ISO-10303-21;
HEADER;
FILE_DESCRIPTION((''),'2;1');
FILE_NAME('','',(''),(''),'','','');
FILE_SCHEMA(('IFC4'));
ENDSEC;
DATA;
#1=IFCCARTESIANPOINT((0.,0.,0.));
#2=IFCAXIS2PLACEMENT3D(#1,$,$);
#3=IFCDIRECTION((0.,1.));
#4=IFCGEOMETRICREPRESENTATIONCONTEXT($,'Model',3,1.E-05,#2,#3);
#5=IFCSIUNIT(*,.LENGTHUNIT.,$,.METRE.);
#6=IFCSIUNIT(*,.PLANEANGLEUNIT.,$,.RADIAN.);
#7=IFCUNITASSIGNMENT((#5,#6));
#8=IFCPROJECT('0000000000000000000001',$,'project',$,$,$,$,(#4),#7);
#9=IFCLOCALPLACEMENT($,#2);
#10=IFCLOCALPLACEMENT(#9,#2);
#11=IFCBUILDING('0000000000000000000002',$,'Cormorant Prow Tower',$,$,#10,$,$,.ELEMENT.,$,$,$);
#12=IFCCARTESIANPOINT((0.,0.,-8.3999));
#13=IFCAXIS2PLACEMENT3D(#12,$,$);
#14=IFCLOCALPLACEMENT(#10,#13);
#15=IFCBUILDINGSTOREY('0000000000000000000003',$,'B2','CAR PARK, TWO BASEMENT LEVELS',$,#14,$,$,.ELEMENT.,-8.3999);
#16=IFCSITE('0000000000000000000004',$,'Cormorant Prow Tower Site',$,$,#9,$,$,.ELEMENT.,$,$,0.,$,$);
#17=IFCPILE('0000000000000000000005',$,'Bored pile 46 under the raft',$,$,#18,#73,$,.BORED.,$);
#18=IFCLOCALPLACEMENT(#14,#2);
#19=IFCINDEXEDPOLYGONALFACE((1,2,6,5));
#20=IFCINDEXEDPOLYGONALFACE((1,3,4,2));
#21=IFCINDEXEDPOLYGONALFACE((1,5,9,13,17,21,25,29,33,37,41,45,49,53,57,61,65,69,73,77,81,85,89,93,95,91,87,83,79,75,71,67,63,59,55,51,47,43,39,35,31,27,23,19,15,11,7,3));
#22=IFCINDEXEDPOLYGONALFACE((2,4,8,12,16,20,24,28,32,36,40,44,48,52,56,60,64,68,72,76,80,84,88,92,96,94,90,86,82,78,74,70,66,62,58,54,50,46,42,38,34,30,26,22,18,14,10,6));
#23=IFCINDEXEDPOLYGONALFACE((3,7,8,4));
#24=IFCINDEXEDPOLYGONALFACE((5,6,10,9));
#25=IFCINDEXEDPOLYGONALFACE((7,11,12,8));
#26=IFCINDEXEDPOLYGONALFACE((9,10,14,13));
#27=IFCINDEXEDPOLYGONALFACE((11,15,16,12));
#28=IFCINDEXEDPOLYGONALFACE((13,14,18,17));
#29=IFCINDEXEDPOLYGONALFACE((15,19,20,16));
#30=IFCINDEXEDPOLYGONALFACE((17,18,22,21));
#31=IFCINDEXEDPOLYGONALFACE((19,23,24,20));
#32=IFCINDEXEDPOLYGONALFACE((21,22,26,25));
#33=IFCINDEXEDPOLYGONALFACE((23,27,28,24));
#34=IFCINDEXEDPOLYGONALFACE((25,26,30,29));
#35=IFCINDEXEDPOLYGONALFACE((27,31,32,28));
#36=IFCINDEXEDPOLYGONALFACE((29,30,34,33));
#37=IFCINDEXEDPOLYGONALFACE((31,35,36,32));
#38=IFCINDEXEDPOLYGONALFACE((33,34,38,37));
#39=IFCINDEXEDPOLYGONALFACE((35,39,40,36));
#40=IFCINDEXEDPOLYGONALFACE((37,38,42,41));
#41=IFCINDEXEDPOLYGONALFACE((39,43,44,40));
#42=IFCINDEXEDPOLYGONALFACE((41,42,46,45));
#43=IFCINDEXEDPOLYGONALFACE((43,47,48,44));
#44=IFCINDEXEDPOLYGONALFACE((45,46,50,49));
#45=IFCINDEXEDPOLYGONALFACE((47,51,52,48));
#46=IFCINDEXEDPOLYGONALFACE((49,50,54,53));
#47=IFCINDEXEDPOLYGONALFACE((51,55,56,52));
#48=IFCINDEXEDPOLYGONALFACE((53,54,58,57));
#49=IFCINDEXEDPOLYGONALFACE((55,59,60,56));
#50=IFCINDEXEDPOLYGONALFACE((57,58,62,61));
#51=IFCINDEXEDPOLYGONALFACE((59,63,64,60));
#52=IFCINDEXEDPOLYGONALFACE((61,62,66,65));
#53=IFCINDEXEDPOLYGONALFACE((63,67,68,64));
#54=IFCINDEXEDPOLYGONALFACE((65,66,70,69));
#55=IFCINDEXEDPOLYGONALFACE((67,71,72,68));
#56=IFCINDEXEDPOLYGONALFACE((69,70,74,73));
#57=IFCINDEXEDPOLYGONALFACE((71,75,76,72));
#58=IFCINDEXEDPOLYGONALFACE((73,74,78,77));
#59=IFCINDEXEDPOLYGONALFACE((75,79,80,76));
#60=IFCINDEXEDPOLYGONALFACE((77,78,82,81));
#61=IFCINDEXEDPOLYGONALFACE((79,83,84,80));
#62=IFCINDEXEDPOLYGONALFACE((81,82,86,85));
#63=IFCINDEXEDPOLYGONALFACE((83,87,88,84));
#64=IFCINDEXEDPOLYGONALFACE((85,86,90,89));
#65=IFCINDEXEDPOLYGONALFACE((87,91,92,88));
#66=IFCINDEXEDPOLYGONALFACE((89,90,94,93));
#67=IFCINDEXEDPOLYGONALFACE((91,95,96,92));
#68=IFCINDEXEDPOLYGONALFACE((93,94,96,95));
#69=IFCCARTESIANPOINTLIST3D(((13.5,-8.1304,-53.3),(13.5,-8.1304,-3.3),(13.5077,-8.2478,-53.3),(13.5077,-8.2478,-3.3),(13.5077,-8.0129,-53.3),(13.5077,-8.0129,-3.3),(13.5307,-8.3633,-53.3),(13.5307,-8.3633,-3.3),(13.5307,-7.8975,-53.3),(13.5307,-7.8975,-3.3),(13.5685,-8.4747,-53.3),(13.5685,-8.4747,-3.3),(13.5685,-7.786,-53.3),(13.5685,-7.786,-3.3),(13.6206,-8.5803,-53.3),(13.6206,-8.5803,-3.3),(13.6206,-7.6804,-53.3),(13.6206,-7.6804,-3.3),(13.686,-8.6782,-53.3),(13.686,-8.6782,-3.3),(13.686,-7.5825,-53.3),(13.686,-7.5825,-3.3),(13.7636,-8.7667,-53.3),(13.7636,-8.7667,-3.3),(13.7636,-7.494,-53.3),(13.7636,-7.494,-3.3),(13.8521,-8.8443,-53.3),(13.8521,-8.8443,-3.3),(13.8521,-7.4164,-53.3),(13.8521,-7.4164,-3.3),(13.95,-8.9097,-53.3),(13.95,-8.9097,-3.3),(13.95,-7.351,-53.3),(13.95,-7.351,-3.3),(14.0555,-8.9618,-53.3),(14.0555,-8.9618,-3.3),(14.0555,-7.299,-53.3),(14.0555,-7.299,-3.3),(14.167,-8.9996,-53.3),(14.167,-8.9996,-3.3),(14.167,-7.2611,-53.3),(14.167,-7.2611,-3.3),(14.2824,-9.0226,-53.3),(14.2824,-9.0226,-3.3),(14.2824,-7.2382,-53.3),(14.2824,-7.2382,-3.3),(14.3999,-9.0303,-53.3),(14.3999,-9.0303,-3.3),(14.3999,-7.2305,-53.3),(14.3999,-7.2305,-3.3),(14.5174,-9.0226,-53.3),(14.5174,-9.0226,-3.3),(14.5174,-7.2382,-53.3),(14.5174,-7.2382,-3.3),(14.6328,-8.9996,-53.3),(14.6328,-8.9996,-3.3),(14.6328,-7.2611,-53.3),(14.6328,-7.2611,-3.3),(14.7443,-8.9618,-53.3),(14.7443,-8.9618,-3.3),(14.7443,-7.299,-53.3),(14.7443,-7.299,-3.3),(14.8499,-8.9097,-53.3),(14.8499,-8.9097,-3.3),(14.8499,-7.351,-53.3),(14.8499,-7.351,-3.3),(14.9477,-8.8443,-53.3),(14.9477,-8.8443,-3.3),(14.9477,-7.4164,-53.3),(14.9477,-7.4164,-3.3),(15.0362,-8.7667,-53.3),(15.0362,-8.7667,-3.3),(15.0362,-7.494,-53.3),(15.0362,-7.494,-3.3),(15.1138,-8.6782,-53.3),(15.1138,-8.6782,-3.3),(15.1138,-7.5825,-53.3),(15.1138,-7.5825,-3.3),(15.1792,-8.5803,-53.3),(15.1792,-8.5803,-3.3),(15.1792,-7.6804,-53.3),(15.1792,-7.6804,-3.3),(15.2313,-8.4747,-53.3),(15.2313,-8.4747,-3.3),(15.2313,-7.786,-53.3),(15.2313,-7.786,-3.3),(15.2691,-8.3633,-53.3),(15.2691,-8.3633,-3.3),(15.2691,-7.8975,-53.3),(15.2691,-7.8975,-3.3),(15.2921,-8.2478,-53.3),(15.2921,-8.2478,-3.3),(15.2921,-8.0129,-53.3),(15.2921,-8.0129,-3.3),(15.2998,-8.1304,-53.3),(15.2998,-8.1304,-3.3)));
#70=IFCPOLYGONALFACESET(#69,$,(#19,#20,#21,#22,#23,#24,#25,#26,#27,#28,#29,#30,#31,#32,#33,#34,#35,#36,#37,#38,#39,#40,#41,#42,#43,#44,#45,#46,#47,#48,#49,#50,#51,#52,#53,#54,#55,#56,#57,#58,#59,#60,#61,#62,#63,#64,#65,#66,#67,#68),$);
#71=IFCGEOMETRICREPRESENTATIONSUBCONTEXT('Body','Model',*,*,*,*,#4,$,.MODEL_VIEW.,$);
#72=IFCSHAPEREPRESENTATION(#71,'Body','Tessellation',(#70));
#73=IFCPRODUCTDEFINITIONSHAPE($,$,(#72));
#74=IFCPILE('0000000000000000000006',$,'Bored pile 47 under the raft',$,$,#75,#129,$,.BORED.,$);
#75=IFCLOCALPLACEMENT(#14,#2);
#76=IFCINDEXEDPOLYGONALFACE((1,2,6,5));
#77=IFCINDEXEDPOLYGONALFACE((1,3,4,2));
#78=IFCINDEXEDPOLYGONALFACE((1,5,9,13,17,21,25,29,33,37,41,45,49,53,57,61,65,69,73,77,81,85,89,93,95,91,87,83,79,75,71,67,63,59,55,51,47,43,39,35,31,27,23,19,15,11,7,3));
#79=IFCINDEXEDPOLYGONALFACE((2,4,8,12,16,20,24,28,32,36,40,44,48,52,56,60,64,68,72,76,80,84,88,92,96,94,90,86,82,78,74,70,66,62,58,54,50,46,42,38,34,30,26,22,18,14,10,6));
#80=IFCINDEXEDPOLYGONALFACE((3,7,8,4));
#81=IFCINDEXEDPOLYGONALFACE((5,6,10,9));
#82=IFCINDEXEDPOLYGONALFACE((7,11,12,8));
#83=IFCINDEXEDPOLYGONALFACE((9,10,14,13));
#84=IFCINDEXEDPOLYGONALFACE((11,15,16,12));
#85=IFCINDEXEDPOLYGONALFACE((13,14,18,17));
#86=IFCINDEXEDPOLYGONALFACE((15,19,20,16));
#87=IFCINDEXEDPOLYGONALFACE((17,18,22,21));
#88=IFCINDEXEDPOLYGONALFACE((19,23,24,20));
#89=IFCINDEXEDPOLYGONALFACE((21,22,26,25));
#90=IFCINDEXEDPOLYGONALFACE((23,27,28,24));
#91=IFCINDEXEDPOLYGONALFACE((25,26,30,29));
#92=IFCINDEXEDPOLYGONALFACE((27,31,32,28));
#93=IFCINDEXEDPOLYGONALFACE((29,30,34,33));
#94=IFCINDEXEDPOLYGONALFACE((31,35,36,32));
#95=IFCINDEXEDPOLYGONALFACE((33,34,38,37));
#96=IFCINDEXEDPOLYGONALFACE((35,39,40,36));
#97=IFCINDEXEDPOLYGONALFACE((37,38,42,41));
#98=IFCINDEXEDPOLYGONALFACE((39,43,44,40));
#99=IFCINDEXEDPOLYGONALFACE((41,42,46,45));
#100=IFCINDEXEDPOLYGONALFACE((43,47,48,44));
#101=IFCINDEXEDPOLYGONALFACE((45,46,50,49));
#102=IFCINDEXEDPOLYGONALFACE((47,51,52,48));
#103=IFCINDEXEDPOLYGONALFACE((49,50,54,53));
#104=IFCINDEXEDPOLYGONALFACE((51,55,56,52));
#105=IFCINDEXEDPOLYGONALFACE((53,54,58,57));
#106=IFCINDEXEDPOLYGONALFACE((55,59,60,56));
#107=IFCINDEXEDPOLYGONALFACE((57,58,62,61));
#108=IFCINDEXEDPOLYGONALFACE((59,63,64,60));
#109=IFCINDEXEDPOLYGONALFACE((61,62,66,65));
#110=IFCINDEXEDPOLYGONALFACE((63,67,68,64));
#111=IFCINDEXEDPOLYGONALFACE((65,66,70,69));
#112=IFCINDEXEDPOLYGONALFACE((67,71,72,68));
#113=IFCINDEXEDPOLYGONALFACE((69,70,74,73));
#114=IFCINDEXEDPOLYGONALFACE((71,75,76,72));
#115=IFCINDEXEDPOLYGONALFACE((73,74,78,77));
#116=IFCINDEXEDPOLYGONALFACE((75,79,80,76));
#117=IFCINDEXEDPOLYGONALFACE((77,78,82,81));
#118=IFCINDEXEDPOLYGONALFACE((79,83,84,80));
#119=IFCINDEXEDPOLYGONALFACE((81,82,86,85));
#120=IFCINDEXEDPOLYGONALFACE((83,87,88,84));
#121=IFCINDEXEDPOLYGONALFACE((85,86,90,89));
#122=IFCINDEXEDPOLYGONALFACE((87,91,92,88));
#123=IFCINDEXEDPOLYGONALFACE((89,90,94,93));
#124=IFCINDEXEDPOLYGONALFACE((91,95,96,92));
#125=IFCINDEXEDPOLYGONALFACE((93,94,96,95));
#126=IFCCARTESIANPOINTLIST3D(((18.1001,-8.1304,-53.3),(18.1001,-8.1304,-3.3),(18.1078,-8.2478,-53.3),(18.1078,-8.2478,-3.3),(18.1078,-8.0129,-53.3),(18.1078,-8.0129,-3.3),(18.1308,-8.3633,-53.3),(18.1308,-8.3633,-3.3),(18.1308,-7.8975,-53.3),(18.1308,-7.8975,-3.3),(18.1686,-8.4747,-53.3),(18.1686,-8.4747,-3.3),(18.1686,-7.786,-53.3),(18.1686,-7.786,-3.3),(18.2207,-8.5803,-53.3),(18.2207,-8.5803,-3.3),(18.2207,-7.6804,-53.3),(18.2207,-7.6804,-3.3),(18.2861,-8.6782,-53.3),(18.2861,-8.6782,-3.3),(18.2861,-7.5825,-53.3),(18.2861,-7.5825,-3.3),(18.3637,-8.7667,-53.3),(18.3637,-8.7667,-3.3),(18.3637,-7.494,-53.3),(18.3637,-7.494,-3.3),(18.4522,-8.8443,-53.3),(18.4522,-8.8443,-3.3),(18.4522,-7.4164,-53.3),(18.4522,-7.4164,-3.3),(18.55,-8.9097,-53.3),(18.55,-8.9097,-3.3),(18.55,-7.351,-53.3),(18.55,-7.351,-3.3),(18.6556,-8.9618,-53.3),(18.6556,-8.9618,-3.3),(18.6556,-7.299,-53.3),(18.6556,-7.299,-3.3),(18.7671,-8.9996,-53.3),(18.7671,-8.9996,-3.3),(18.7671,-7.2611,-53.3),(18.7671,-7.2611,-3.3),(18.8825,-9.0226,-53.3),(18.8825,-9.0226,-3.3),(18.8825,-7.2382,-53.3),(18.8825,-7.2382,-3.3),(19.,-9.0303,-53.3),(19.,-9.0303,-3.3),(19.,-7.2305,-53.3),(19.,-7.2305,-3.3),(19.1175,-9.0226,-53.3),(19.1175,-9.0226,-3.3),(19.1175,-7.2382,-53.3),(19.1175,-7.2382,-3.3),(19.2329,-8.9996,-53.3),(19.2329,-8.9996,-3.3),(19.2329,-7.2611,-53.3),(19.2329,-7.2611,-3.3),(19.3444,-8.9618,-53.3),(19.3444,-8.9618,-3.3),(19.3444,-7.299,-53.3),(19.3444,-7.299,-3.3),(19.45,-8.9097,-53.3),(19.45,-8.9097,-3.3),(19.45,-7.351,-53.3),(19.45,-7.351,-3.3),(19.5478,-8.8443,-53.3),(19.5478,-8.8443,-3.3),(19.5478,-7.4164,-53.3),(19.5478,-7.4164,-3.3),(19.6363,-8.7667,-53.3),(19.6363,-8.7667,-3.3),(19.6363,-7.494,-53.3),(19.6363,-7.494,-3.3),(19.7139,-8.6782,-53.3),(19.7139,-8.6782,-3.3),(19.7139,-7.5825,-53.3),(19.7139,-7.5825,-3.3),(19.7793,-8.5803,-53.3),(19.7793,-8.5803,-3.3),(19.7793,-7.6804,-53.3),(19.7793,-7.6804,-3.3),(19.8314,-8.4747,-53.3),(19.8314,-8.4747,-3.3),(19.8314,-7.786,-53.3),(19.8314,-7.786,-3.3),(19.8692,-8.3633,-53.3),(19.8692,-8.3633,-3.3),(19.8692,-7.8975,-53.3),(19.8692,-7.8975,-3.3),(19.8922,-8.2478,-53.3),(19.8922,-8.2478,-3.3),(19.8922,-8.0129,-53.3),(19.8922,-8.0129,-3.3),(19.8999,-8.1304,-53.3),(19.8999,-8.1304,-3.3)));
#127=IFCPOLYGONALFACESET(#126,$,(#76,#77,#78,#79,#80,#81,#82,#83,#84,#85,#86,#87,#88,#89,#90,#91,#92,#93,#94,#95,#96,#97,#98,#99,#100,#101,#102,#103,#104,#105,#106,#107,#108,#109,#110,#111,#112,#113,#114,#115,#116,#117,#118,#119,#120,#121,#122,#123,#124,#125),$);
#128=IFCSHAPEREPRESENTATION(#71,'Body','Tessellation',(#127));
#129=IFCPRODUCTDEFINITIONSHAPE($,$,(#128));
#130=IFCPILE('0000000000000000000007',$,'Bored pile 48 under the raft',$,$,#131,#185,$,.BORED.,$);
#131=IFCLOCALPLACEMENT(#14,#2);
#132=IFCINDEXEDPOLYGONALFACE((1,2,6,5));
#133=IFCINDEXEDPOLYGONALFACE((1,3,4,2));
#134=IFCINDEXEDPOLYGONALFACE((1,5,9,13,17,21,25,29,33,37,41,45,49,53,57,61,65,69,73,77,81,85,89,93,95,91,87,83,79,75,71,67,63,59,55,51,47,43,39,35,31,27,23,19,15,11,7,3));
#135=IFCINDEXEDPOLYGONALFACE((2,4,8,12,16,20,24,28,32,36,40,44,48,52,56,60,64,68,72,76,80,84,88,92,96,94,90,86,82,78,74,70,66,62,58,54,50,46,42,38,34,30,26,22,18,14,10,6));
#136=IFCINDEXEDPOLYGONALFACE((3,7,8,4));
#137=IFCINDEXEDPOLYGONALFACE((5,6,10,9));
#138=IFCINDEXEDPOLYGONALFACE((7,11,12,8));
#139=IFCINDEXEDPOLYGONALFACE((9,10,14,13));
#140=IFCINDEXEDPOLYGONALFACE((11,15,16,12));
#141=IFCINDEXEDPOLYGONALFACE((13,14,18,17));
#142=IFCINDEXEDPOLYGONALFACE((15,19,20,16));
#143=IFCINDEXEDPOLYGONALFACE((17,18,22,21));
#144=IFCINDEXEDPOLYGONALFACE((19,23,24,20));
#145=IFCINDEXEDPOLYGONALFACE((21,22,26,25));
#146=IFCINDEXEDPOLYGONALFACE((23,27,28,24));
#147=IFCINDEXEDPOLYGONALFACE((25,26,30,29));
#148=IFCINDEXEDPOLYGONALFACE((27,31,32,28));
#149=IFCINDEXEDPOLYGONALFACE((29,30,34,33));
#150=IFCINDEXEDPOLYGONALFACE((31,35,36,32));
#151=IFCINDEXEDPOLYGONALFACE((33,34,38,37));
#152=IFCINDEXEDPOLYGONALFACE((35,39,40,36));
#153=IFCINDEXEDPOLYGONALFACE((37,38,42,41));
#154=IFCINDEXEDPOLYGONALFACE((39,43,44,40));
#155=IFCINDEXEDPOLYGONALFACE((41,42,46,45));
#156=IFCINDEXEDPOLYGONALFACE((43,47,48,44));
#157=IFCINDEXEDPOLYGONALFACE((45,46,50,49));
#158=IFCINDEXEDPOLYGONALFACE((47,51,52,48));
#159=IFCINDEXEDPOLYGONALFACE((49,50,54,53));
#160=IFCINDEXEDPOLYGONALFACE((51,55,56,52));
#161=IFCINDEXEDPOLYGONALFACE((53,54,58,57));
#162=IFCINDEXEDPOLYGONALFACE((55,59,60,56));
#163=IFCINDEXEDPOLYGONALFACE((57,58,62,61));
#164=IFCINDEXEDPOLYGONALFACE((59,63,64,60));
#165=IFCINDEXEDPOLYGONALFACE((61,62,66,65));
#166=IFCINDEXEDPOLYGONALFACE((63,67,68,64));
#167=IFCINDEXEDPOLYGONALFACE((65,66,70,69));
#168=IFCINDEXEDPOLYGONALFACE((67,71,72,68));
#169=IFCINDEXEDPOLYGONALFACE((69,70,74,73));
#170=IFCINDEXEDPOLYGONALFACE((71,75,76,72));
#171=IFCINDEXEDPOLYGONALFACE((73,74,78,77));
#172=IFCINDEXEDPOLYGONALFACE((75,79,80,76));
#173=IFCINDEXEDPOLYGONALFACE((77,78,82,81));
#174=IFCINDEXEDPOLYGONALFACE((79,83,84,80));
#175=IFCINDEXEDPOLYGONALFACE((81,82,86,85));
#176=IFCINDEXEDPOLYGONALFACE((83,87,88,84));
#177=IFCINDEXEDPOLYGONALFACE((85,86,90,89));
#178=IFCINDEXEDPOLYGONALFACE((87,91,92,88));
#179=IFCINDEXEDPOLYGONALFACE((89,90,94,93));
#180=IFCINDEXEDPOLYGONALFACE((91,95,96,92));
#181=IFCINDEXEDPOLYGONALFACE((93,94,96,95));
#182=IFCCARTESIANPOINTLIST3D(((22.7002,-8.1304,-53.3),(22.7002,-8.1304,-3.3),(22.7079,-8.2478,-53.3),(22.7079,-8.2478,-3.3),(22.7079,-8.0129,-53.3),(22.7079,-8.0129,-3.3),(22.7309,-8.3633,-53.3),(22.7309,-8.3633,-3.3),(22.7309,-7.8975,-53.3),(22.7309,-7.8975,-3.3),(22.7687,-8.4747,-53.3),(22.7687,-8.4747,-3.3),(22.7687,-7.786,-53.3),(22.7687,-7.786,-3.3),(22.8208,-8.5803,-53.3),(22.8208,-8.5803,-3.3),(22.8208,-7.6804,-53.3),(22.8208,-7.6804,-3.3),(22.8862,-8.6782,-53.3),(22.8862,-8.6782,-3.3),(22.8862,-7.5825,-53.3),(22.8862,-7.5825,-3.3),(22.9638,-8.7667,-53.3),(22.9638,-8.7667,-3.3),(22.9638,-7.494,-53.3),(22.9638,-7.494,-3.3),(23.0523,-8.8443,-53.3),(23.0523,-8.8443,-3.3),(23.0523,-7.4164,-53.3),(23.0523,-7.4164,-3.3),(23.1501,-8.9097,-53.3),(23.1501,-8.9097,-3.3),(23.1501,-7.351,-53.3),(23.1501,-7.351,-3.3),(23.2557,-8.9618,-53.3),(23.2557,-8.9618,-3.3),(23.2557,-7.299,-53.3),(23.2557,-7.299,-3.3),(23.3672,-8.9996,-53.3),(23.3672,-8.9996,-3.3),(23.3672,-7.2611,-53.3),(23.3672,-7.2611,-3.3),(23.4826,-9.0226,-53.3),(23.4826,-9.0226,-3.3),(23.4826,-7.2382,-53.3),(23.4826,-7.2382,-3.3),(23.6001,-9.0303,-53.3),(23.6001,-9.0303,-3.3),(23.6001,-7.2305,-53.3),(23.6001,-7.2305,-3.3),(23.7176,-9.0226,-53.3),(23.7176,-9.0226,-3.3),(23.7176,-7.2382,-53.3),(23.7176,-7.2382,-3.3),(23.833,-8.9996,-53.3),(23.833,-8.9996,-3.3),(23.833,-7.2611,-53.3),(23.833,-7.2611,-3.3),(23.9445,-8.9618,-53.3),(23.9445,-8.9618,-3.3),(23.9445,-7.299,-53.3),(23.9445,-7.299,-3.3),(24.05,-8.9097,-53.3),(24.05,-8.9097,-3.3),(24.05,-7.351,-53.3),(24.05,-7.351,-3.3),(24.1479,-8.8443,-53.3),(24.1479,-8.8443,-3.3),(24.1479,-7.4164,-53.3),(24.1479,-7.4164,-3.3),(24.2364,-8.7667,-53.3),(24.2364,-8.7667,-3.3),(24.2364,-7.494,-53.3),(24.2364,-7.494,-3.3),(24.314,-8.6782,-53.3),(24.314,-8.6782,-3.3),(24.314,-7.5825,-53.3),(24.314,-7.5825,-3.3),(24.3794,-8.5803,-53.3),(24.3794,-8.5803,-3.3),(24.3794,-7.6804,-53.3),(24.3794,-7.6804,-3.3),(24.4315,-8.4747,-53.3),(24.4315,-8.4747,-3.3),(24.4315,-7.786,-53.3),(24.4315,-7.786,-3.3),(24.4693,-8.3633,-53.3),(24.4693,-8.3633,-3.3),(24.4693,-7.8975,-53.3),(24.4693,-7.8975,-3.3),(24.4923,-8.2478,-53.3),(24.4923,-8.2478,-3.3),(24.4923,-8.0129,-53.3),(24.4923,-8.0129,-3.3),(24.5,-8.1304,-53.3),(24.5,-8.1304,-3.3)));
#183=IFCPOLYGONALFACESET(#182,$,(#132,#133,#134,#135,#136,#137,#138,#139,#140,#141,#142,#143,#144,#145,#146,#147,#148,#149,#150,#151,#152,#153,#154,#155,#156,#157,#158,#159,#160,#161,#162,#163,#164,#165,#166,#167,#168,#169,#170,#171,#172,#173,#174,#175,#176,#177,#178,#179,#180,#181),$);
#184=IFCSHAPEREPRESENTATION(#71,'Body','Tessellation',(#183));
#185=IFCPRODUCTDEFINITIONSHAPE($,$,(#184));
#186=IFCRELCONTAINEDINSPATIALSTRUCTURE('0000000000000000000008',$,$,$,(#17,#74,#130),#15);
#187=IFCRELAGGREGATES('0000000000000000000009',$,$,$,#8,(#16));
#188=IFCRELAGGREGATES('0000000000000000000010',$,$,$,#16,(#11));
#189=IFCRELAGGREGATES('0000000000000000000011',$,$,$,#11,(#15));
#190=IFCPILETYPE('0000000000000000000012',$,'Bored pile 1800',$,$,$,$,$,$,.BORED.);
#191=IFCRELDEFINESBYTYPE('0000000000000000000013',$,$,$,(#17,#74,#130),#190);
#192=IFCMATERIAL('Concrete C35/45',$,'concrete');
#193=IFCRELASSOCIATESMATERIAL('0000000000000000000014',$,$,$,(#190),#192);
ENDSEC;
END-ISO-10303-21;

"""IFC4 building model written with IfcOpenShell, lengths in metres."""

from ifc_helpers import new_model, si_unit, direction, frame, origin, origin_2d, place, context, subcontext, project, spatial, circle, extrude, material, material_profile, profile_set, type_object, element, save


model = new_model("IFC4")

# Units and contexts
model_context = context("Model", 3, precision=1e-05, world=origin(), true_north=direction((0.0, 1.0)))
body_context = subcontext(model_context, "Body", "Model", "MODEL_VIEW")
ifc_project = project(units=[si_unit("LENGTHUNIT", "METRE"), si_unit("PLANEANGLEUNIT", "RADIAN")], contexts=[model_context])

# Site, building, storey
site_placement = place(None, origin())
site = spatial("IfcSite", under=ifc_project, at=site_placement, Name="Cormorant Prow Tower Site", CompositionType="ELEMENT", RefElevation=0.0)
building_placement = place(site_placement, origin())
building = spatial("IfcBuilding", under=site, at=building_placement, Name="Cormorant Prow Tower", CompositionType="ELEMENT")
storey_placement = place(building_placement, frame((0.0, 0.0, -8.3999)))
storey = spatial("IfcBuildingStorey", under=building, at=storey_placement, Name="B2", Description="CAR PARK, TWO BASEMENT LEVELS", CompositionType="ELEMENT", Elevation=-8.3999)

# Piles
ifc_material_1 = material(Name="Concrete C35/45", Category="concrete")
ifc_material_profile_1 = material_profile(ifc_material_1, circle(Radius=0.8999, at=origin_2d()), Name="Round 1800")
ifc_profile_set_1 = profile_set([ifc_material_profile_1], Name="Concrete C35/45")
pile_type_1 = type_object("IfcPileType", Name="Bored pile 1800", PredefinedType="BORED", material=ifc_profile_set_1)
for number, where, z_axis, x_axis, name in (
    (1, (14.3999, -8.1304, -3.3), (0.0, 0.0, -1.0), (1.0, 0.0, 0.0), "Bored pile 46 under the raft"),
    (2, (19.0, -8.1304, -3.3), (0.0, 0.0, -1.0), (1.0, 0.0, 0.0), "Bored pile 47 under the raft"),
    (3, (23.6001, -8.1304, -3.3), (0.0, 0.0, -1.0), (1.0, 0.0, 0.0), "Bored pile 48 under the raft"),
):
    element("IfcPile", number, at=place(storey_placement, frame(where, z_axis=z_axis, x_axis=x_axis)), inside=storey, type_object=pile_type_1, Name=name, PredefinedType="BORED", context=body_context, shape_type="SweptSolid", body=[
        extrude(circle(Radius=0.8999, at=origin_2d()), origin(), (0.0, 0.0, 1.0), 50.0),
    ])

save(model, "model.ifc")
